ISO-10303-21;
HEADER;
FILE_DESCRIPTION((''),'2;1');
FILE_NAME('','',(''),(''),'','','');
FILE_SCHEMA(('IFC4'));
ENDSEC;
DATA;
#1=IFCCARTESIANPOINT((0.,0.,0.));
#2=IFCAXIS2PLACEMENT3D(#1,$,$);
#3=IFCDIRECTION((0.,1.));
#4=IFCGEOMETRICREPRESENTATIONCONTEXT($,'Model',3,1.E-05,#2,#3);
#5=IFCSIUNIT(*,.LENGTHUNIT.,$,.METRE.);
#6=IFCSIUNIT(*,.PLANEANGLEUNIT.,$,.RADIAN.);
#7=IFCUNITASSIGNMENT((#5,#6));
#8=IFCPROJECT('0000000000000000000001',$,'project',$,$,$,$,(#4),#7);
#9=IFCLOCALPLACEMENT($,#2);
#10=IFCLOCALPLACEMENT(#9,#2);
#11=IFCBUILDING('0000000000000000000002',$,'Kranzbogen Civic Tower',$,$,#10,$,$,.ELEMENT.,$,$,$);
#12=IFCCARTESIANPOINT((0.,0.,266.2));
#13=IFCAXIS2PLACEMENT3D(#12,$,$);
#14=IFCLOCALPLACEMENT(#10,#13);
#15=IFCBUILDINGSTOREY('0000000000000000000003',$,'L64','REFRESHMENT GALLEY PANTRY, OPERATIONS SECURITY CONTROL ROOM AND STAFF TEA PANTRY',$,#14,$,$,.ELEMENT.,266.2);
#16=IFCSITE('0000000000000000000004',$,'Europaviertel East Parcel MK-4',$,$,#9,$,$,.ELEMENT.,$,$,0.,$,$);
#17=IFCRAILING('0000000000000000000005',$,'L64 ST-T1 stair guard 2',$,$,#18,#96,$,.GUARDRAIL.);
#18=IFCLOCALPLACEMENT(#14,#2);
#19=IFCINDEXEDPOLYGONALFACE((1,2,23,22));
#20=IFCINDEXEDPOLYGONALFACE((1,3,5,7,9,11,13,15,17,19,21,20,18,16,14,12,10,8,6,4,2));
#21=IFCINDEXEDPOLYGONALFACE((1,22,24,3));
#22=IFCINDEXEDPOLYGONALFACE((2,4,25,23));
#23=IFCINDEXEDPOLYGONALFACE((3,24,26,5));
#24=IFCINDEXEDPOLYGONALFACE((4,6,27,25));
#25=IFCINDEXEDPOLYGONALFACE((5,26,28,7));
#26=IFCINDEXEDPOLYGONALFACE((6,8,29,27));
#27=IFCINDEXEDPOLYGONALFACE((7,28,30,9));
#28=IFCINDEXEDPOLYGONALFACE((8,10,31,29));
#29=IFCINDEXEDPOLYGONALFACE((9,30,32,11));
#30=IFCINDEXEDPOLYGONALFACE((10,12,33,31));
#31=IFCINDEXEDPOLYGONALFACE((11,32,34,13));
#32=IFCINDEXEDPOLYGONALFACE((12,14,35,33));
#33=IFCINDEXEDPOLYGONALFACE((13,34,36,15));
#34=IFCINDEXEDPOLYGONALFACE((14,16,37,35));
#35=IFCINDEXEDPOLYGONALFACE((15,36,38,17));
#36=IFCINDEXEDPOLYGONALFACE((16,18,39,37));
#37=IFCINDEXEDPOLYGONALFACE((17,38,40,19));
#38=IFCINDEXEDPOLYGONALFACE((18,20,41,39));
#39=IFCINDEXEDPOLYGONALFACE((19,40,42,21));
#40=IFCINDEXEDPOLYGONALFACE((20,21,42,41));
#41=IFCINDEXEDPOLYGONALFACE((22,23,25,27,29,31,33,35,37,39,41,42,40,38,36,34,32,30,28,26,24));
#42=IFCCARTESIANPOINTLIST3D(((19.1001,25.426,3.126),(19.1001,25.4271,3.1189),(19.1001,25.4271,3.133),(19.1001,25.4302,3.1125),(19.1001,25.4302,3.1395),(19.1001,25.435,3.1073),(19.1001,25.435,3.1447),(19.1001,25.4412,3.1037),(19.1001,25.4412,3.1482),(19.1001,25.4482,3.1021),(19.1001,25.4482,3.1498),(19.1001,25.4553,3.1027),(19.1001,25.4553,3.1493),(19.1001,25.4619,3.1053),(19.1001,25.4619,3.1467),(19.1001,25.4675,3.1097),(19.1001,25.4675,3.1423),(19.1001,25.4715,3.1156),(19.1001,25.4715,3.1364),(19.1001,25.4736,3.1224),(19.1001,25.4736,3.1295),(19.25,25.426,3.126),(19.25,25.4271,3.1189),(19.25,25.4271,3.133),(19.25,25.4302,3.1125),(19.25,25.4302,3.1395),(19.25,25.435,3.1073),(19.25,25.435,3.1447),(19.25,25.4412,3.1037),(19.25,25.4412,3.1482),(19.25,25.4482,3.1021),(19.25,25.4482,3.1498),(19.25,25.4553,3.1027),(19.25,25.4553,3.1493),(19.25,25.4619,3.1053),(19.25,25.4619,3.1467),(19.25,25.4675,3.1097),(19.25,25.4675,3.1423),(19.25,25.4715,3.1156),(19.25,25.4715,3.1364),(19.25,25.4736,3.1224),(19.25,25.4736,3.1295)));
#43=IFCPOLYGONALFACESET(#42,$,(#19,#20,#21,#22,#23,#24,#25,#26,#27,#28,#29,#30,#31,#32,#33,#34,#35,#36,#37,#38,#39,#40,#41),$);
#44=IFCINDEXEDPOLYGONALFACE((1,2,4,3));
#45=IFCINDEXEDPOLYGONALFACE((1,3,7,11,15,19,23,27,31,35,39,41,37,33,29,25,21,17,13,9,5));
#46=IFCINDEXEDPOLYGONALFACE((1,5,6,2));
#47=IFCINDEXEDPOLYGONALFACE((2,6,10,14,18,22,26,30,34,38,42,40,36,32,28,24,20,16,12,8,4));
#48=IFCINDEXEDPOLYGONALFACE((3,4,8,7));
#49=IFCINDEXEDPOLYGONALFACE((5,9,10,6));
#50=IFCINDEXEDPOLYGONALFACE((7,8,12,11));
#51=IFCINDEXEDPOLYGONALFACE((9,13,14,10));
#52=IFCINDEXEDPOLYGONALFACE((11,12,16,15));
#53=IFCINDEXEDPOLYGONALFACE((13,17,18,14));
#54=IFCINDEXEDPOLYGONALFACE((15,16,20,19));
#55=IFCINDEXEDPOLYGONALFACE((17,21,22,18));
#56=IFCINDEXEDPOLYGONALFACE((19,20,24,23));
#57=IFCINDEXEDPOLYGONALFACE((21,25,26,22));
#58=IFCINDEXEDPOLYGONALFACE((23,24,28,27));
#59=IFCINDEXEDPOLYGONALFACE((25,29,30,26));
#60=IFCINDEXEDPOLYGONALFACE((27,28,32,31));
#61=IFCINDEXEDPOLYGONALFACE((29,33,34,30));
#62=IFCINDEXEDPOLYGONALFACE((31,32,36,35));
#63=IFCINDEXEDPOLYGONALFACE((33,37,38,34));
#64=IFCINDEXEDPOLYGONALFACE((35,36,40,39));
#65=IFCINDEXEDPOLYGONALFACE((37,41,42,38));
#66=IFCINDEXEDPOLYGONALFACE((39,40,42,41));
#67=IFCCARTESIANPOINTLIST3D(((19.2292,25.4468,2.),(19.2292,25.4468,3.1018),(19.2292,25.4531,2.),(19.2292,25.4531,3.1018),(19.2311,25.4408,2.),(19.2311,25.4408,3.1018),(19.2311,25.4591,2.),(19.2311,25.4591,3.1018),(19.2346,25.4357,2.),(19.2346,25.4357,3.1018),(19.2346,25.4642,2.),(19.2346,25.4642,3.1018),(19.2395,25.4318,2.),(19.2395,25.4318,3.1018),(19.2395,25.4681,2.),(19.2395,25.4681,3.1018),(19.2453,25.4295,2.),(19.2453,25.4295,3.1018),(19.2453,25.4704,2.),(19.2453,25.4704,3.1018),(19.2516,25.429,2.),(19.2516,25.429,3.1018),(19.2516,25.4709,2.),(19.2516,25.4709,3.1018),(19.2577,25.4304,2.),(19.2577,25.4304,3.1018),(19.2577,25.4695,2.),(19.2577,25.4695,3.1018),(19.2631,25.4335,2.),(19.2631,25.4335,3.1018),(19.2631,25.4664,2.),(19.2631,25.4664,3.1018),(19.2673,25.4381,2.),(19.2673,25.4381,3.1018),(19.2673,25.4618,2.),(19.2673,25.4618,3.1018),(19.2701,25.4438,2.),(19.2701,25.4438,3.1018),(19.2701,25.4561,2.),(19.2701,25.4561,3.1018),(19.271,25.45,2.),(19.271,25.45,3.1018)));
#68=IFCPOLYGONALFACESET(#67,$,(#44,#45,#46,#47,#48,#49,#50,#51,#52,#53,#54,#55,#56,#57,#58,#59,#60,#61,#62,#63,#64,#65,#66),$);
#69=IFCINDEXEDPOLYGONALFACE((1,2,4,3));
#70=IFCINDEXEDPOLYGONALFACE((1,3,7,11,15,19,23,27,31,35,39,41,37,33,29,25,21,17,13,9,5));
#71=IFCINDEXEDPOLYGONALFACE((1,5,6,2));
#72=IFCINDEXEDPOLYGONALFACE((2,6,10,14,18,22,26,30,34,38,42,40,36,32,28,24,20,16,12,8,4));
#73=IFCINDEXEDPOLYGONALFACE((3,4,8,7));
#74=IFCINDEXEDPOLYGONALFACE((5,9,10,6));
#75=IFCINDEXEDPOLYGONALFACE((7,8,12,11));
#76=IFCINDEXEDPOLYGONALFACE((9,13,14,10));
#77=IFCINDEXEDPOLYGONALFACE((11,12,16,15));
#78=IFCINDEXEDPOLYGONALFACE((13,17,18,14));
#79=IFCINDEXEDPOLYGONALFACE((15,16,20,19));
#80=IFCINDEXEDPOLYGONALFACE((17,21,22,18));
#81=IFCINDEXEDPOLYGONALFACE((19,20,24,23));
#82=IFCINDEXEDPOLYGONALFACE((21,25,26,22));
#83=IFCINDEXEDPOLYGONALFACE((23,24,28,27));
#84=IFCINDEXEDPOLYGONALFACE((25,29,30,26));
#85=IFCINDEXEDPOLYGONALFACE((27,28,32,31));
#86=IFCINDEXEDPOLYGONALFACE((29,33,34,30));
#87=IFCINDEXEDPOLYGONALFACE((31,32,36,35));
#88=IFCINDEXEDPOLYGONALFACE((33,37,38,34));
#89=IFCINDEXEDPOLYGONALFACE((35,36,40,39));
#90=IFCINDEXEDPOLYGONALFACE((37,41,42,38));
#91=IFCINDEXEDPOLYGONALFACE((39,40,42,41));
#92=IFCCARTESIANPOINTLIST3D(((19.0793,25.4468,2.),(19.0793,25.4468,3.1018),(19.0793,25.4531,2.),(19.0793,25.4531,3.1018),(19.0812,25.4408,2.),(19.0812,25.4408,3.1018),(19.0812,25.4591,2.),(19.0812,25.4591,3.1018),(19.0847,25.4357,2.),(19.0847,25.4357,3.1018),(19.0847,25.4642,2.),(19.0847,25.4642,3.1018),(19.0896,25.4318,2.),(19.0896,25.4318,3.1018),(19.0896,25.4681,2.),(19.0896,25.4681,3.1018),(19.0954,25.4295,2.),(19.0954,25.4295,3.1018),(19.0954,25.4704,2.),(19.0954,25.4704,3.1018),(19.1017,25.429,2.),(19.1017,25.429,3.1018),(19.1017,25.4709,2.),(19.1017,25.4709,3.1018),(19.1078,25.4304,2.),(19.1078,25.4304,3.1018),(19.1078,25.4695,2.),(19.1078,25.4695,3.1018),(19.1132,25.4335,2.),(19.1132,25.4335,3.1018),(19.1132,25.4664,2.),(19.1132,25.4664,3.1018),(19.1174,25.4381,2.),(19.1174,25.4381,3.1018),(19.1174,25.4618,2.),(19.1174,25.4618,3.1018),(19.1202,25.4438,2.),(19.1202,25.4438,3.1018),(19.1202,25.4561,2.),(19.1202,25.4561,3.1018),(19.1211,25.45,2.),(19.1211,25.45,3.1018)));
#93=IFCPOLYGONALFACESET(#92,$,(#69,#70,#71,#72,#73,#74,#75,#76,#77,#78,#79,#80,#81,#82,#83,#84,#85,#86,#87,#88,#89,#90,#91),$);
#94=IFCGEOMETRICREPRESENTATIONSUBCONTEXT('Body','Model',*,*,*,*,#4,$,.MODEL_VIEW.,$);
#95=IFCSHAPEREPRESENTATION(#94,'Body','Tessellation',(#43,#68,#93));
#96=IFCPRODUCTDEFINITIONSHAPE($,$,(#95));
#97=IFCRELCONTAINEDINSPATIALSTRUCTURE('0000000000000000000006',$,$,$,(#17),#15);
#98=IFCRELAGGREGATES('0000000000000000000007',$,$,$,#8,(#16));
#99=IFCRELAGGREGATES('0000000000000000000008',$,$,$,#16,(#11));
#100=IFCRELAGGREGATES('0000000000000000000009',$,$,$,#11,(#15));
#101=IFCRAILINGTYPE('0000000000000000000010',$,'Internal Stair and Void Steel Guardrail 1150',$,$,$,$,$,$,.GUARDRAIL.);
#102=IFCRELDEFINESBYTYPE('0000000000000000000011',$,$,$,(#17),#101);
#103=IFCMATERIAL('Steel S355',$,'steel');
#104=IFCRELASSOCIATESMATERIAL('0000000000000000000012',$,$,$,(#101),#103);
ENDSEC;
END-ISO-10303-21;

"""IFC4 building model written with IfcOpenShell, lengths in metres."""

from ifc_helpers import new_model, si_unit, direction, frame, origin, origin_2d, place, context, subcontext, project, spatial, circle, extrude, material, type_object, element, save


model = new_model("IFC4")

# Units and contexts
model_context = context("Model", 3, precision=1e-05, world=origin(), true_north=direction((0.0, 1.0)))
body_context = subcontext(model_context, "Body", "Model", "MODEL_VIEW")
ifc_project = project(units=[si_unit("LENGTHUNIT", "METRE"), si_unit("PLANEANGLEUNIT", "RADIAN")], contexts=[model_context])

# Site, building, storey
site_placement = place(None, origin())
site = spatial("IfcSite", under=ifc_project, at=site_placement, Name="Europaviertel East Parcel MK-4", CompositionType="ELEMENT", RefElevation=0.0)
building_placement = place(site_placement, origin())
building = spatial("IfcBuilding", under=site, at=building_placement, Name="Kranzbogen Civic Tower", CompositionType="ELEMENT")
storey_placement = place(building_placement, frame((0.0, 0.0, 266.2)))
storey = spatial("IfcBuildingStorey", under=building, at=storey_placement, Name="L64", Description="REFRESHMENT GALLEY PANTRY, OPERATIONS SECURITY CONTROL ROOM AND STAFF TEA PANTRY", CompositionType="ELEMENT", Elevation=266.2)

# Shared definitions
ifc_material_1 = material(Name="Steel S355", Category="steel")

# Railing
railing_type = type_object("IfcRailingType", Name="Internal Stair and Void Steel Guardrail 1150", PredefinedType="GUARDRAIL", material=ifc_material_1)
railing_1_placement = place(storey_placement, frame((19.25, 25.45, 2.0)))
element("IfcRailing", 1, at=railing_1_placement, inside=storey, type_object=railing_type, Name="L64 ST-T1 stair guard 2", PredefinedType="GUARDRAIL", context=body_context, shape_type="SweptSolid", body=[
    extrude(circle(Radius=0.0239, at=origin_2d()), frame((0.0, 0.0, 1.126), z_axis=(-1.0, 0.0, 0.0), x_axis=(0.0, -1.0, 0.0)), (0.0, 0.0, 1.0), 0.1499),
    extrude(circle(Radius=0.021, at=origin_2d()), origin(), (0.0, 0.0, 1.0), 1.1018),
    extrude(circle(Radius=0.021, at=origin_2d()), frame((-0.1499, 0.0, 0.0)), (0.0, 0.0, 1.0), 1.1018),
])

save(model, "model.ifc")
